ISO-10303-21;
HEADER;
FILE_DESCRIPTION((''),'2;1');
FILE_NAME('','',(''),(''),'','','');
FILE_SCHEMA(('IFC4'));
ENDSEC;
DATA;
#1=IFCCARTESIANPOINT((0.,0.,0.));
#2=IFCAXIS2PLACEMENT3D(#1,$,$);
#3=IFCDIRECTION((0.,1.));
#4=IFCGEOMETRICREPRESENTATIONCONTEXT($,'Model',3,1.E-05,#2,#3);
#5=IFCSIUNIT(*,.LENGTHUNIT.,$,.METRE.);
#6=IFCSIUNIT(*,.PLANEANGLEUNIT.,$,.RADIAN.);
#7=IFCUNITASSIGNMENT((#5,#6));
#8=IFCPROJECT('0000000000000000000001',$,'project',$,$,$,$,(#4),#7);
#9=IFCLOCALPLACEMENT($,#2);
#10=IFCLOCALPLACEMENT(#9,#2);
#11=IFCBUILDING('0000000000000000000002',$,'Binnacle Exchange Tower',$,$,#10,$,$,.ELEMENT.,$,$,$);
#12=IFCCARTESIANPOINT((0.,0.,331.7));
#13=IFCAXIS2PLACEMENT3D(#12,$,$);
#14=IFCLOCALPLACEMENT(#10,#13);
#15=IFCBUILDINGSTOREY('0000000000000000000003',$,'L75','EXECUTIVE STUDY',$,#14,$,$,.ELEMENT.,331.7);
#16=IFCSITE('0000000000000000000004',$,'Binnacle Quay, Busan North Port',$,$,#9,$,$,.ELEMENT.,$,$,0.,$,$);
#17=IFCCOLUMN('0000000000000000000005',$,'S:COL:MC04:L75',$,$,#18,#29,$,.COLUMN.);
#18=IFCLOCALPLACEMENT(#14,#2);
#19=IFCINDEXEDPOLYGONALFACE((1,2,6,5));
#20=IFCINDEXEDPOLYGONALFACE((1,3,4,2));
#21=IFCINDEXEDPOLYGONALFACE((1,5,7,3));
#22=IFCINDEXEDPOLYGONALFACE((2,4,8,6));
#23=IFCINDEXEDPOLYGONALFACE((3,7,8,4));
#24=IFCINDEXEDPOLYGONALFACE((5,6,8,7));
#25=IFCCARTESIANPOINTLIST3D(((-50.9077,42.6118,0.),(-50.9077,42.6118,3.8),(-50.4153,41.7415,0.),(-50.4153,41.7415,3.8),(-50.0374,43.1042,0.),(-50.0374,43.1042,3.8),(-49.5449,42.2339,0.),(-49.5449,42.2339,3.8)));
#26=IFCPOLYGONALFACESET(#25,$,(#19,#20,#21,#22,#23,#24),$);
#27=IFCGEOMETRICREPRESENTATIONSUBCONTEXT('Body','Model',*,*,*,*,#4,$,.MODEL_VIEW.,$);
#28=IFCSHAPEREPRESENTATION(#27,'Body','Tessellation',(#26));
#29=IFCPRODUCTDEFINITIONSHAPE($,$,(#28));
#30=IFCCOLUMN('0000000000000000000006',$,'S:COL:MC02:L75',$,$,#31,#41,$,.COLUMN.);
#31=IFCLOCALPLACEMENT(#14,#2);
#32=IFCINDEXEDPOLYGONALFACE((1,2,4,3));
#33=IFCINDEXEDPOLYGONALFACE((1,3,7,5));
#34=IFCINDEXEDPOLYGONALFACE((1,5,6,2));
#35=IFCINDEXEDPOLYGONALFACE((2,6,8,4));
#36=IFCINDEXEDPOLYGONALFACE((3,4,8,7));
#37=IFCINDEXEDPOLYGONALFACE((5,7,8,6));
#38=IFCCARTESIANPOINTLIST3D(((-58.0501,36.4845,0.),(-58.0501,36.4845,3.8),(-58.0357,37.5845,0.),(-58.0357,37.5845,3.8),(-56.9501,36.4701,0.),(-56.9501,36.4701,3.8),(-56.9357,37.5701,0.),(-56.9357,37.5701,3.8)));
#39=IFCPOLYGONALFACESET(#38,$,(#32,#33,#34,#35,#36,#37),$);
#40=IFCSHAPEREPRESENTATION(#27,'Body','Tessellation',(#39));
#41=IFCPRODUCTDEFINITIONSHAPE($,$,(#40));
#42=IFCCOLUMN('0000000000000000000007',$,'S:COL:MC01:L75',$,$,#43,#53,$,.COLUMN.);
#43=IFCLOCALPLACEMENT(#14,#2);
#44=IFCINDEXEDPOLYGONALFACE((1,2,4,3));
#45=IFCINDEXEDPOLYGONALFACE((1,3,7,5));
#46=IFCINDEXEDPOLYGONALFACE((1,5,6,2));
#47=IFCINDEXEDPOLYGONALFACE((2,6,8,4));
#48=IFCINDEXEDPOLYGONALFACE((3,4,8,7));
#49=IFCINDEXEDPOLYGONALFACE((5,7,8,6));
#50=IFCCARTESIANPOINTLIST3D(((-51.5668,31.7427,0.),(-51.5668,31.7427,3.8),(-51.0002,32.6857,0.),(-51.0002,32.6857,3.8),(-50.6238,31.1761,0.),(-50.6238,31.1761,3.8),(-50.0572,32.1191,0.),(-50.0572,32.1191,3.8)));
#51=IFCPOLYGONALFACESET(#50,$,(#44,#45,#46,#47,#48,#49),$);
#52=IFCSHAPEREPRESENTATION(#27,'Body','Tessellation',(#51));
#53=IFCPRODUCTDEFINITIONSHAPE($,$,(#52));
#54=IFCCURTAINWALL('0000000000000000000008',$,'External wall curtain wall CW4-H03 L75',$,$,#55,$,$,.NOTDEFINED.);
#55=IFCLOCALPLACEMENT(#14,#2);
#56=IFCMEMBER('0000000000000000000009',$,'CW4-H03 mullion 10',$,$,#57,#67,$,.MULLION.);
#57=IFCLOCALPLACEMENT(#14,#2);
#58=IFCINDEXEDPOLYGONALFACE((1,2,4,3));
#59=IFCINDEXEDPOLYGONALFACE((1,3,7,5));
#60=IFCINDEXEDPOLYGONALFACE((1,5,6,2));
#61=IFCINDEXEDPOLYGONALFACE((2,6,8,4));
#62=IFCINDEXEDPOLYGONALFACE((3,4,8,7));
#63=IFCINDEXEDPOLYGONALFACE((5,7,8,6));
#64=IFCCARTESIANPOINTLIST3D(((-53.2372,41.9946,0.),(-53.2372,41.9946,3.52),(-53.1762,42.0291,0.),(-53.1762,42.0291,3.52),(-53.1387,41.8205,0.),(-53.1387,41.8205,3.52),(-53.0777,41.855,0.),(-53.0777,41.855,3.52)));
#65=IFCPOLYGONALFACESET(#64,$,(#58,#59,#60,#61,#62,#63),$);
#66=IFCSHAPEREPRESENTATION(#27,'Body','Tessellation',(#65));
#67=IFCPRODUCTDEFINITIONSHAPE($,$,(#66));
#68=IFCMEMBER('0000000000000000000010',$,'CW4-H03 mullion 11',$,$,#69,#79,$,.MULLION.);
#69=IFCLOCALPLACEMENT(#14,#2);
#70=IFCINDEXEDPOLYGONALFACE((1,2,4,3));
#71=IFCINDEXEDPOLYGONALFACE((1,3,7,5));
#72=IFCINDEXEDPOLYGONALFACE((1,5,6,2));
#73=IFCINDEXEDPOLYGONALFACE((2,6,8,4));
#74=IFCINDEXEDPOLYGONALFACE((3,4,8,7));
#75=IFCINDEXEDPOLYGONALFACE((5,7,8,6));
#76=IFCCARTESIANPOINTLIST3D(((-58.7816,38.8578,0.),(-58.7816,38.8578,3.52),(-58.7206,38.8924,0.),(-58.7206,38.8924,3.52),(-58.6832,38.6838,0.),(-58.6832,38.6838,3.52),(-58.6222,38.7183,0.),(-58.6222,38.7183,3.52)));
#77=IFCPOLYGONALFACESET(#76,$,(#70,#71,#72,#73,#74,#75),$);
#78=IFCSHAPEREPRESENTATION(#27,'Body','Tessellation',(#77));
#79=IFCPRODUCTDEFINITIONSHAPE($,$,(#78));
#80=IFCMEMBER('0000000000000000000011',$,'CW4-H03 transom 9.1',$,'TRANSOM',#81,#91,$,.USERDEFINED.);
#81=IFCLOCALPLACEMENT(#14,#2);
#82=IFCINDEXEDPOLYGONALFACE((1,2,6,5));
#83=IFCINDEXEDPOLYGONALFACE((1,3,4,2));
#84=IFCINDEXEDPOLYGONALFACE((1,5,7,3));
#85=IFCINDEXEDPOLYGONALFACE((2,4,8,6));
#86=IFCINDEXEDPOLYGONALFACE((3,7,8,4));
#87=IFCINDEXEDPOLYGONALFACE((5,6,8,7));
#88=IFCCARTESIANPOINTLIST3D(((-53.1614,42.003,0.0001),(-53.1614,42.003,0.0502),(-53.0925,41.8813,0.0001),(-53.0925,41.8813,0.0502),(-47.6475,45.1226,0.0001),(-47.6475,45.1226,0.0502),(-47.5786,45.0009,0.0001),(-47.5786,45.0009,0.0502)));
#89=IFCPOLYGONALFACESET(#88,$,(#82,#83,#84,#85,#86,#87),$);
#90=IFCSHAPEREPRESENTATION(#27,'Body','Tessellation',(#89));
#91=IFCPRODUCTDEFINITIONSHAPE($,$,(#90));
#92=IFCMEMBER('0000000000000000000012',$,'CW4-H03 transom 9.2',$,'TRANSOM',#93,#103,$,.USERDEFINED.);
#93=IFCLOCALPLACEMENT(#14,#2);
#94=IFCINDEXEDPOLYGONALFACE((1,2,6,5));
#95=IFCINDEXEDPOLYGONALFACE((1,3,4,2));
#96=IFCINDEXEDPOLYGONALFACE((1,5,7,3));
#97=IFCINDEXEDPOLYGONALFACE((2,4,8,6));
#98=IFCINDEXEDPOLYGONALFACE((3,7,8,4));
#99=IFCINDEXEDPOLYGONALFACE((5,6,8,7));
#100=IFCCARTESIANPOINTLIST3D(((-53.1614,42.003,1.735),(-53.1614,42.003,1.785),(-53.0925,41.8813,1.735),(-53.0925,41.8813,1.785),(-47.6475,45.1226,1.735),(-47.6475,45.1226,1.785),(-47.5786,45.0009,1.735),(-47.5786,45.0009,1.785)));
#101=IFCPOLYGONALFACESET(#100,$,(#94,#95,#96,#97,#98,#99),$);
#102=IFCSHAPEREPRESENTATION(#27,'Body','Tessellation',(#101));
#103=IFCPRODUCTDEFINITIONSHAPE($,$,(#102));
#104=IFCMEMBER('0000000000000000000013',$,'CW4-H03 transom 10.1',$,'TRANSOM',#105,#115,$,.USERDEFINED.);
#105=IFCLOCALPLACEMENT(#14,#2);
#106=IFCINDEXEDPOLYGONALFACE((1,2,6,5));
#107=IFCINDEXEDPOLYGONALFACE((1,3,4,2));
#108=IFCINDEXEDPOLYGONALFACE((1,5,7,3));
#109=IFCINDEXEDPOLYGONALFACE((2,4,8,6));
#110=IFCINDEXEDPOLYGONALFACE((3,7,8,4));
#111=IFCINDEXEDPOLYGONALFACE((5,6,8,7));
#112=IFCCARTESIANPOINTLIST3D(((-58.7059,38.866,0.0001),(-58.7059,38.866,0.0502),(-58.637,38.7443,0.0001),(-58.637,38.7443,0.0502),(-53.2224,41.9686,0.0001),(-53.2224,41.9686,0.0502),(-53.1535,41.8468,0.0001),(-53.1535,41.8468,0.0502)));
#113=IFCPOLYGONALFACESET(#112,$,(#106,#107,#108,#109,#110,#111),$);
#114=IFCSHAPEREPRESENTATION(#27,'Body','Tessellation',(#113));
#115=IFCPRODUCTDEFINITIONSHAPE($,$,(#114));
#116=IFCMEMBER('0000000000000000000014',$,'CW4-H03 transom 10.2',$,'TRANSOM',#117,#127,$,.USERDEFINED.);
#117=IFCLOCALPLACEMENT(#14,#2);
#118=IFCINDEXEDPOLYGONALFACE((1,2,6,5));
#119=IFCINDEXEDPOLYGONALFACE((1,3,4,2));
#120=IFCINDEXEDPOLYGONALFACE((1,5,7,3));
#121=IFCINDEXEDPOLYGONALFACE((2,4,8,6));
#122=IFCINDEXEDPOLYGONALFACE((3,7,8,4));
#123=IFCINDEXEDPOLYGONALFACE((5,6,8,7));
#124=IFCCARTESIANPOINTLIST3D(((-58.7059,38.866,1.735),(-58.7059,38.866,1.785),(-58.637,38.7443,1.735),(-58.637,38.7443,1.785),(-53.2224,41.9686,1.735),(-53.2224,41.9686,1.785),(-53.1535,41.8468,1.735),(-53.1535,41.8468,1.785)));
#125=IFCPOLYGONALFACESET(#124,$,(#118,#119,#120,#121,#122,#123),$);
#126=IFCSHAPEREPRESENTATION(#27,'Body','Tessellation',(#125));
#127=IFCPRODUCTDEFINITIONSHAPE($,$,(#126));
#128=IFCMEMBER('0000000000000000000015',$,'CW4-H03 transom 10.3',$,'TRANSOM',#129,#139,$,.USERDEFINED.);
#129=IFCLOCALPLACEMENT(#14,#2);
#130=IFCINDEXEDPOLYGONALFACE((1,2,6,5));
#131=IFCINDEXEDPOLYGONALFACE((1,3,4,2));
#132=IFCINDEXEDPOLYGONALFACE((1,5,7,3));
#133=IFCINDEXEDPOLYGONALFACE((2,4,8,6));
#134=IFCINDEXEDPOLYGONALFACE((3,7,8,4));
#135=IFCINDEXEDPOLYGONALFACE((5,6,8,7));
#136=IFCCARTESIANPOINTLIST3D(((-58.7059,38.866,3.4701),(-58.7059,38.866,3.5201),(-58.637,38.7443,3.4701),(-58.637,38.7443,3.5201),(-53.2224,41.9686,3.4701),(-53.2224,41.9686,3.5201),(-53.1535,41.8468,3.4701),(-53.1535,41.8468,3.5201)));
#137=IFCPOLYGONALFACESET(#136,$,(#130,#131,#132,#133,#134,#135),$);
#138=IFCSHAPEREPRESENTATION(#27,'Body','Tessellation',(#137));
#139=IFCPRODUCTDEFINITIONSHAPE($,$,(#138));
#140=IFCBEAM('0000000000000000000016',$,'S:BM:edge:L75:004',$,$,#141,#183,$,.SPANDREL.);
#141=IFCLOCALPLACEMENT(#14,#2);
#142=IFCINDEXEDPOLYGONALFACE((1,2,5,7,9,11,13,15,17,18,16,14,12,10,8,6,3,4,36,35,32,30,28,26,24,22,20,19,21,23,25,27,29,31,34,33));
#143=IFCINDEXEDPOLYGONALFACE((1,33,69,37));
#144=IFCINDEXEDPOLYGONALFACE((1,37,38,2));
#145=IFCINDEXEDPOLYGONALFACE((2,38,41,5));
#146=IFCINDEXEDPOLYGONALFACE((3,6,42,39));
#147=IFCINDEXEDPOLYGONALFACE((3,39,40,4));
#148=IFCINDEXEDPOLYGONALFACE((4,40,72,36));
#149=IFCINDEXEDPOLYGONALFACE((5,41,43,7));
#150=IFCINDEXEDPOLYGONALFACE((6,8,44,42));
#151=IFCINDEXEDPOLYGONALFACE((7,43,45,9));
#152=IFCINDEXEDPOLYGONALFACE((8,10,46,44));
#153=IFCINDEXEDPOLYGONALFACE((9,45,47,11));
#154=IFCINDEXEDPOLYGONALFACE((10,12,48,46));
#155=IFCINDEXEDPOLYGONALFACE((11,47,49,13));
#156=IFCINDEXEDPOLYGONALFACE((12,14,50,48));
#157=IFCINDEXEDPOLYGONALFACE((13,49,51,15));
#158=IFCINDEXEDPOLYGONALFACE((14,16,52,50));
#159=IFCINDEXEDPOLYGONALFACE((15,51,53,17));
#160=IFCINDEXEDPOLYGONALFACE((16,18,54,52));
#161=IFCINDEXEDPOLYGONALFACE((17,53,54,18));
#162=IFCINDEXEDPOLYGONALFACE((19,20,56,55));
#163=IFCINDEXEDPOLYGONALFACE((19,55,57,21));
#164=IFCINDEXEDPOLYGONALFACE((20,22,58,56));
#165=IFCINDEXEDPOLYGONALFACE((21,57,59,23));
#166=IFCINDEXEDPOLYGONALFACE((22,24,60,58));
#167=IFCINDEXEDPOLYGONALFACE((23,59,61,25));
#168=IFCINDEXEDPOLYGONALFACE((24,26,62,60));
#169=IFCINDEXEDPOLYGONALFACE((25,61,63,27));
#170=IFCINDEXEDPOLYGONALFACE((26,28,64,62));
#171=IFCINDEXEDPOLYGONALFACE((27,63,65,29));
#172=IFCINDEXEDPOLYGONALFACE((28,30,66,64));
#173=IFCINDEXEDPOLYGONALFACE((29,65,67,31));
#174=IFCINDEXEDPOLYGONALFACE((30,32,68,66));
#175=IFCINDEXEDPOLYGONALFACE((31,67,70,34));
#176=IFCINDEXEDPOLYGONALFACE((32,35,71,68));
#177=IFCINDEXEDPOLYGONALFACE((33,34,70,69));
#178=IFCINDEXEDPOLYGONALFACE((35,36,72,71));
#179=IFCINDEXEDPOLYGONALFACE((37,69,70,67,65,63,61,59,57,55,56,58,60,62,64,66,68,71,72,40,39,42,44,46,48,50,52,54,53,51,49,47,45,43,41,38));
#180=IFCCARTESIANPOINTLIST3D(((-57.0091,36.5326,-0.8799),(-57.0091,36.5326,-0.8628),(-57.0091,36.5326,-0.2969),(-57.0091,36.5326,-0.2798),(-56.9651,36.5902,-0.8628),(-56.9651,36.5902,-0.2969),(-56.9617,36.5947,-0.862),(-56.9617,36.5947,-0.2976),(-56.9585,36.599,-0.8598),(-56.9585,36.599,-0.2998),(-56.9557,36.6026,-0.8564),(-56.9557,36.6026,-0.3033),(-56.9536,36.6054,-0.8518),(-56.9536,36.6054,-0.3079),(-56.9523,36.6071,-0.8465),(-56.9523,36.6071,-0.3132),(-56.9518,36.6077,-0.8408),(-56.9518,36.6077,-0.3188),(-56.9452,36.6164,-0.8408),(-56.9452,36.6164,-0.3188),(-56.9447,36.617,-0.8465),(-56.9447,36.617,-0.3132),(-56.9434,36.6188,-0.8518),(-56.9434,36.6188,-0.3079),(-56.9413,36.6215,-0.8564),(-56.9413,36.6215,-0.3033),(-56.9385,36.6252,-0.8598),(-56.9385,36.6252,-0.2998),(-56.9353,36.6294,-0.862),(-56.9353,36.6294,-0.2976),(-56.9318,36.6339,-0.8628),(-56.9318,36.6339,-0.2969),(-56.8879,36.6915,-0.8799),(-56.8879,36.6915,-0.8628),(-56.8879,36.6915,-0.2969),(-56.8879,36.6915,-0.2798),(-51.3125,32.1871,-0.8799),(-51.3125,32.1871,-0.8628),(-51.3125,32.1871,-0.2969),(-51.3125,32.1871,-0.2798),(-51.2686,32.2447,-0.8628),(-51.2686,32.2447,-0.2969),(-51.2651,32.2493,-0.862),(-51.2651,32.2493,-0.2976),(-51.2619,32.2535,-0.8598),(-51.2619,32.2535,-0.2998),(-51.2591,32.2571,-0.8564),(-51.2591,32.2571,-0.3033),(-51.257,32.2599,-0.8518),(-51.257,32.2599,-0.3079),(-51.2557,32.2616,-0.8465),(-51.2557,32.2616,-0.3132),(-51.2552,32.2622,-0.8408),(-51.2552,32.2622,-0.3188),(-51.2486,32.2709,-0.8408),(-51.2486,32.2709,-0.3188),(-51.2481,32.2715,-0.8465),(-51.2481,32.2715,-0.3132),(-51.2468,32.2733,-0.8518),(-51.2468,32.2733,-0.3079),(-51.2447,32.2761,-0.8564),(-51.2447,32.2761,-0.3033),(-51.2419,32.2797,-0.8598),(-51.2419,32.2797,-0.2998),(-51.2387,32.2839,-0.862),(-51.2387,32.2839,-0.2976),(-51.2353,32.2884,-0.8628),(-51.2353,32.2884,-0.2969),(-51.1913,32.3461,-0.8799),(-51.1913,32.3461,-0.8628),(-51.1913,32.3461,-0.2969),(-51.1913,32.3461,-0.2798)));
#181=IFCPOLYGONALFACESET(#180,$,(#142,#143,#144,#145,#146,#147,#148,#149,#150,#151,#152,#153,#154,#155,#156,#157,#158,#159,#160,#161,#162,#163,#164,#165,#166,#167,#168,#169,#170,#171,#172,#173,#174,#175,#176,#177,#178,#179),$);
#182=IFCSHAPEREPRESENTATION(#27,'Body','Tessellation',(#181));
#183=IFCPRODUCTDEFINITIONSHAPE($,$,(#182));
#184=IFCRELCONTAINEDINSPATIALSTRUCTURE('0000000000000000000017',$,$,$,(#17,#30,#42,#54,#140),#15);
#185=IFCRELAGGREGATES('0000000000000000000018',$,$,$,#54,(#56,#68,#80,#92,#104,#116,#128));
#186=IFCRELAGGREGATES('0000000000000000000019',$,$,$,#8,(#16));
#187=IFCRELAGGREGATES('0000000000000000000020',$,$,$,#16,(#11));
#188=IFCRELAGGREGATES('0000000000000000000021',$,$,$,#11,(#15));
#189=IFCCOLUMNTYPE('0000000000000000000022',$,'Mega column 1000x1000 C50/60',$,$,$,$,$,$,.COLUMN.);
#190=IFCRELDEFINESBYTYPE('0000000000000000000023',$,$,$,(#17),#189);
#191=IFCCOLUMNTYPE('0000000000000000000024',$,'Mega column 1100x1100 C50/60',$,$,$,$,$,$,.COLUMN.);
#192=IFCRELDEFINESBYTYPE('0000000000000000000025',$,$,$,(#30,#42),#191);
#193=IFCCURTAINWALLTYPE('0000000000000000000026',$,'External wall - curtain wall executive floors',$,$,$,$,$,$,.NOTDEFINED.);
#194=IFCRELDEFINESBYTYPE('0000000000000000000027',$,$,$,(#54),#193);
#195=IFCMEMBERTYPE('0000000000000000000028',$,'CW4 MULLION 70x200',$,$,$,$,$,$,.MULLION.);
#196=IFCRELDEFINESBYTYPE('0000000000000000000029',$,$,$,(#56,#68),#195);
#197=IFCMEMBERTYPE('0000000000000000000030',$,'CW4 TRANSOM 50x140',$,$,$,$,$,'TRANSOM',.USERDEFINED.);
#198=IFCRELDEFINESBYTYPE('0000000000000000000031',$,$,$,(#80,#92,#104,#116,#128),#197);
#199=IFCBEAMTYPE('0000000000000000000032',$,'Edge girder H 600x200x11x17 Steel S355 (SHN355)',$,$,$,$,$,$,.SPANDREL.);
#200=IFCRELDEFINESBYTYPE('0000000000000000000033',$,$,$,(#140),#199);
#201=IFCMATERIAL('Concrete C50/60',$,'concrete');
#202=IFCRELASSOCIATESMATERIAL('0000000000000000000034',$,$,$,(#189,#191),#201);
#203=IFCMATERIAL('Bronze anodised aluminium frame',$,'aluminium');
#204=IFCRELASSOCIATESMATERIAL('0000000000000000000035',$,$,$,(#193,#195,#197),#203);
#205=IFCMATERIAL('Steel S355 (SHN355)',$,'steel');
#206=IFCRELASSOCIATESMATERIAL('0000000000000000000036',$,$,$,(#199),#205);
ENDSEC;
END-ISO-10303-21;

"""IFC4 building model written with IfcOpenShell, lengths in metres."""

from ifc_helpers import new_model, si_unit, direction, frame, origin, origin_2d, place, context, subcontext, project, spatial, rectangle, i_section, extrude, material, material_profile, profile_set, type_object, element, aggregate, save


model = new_model("IFC4")

# Units and contexts
model_context = context("Model", 3, precision=1e-05, world=origin(), true_north=direction((0.0, 1.0)))
body_context = subcontext(model_context, "Body", "Model", "MODEL_VIEW")
ifc_project = project(units=[si_unit("LENGTHUNIT", "METRE"), si_unit("PLANEANGLEUNIT", "RADIAN")], contexts=[model_context])

# Site, building, storey
site_placement = place(None, origin())
site = spatial("IfcSite", under=ifc_project, at=site_placement, Name="Binnacle Quay, Busan North Port", CompositionType="ELEMENT", RefElevation=0.0)
building_placement = place(site_placement, origin())
building = spatial("IfcBuilding", under=site, at=building_placement, Name="Binnacle Exchange Tower", CompositionType="ELEMENT")
storey_placement = place(building_placement, frame((0.0, 0.0, 331.7)))
storey = spatial("IfcBuildingStorey", under=building, at=storey_placement, Name="L75", Description="EXECUTIVE STUDY", CompositionType="ELEMENT", Elevation=331.7)

# Columns
ifc_material_1 = material(Name="Concrete C50/60", Category="concrete")
ifc_material_profile_1 = material_profile(ifc_material_1, rectangle(XDim=1.0, YDim=1.0, at=origin_2d()), Name="Mega column 1000x1000 C50/60")
ifc_profile_set_1 = profile_set([ifc_material_profile_1], Name="Concrete C50/60")
column_type_1 = type_object("IfcColumnType", Name="Mega column 1000x1000 C50/60", PredefinedType="COLUMN", material=ifc_profile_set_1)
column_placement = place(storey_placement, frame((-50.2263, 42.4229, 0.0), z_axis=(0.0, 0.0, 1.0), x_axis=(-0.870356, -0.492424, 0.0)))
element("IfcColumn", 1, at=column_placement, inside=storey, type_object=column_type_1, Name="S:COL:MC04:L75", PredefinedType="COLUMN", context=body_context, shape_type="SweptSolid", body=[
    extrude(rectangle(XDim=1.0, YDim=1.0, at=origin_2d()), origin(), (0.0, 0.0, 1.0), 3.8),
])
ifc_material_profile_2 = material_profile(ifc_material_1, rectangle(XDim=1.1001, YDim=1.1001, at=origin_2d()), Name="Mega column 1100x1100 C50/60")
ifc_profile_set_2 = profile_set([ifc_material_profile_2], Name="Concrete C50/60")
column_type_2 = type_object("IfcColumnType", Name="Mega column 1100x1100 C50/60", PredefinedType="COLUMN", material=ifc_profile_set_2)
for number, where, z_axis, x_axis, name in (
    (2, (-57.4929, 37.0273, 0.0), (0.0, 0.0, 1.0), (-0.01309, -0.999914, 0.0), "S:COL:MC02:L75"),
    (3, (-50.812, 31.9309, 0.0), (0.0, 0.0, 1.0), (0.857167, -0.515038, 0.0), "S:COL:MC01:L75"),
):
    element("IfcColumn", number, at=place(storey_placement, frame(where, z_axis=z_axis, x_axis=x_axis)), inside=storey, type_object=column_type_2, Name=name, PredefinedType="COLUMN", context=body_context, shape_type="SweptSolid", body=[
        extrude(rectangle(XDim=1.1001, YDim=1.1001, at=origin_2d()), origin(), (0.0, 0.0, 1.0), 3.8),
    ])

# Curtain wall, members
ifc_material_2 = material(Name="Bronze anodised aluminium frame", Category="aluminium")
curtain_wall_type = type_object("IfcCurtainWallType", Name="External wall - curtain wall executive floors", PredefinedType="NOTDEFINED", material=ifc_material_2)
curtain_wall_placement = place(storey_placement, origin())
curtain_wall = element("IfcCurtainWall", 4, at=curtain_wall_placement, inside=storey, type_object=curtain_wall_type, Name="External wall curtain wall CW4-H03 L75", PredefinedType="NOTDEFINED")
ifc_material_profile_3 = material_profile(ifc_material_2, rectangle(XDim=0.2, YDim=0.0701, at=origin_2d()), Name="AL 70x200")
ifc_profile_set_3 = profile_set([ifc_material_profile_3], Name="Bronze anodised aluminium frame")
member_type_1 = type_object("IfcMemberType", Name="CW4 MULLION 70x200", PredefinedType="MULLION", material=ifc_profile_set_3)
member_1_placement = place(storey_placement, frame((-53.1575, 41.9248, 0.0), z_axis=(0.0, 0.0, 1.0), x_axis=(0.492424, -0.870356, 0.0)))
member_1 = element("IfcMember", 5, at=member_1_placement, type_object=member_type_1, Name="CW4-H03 mullion 10", PredefinedType="MULLION", context=body_context, shape_type="SweptSolid", body=[
    extrude(rectangle(XDim=0.2, YDim=0.0701, at=origin_2d()), origin(), (0.0, 0.0, 1.0), 3.52),
])
member_2_placement = place(storey_placement, frame((-58.7019, 38.7881, 0.0), z_axis=(0.0, 0.0, 1.0), x_axis=(0.492424, -0.870356, 0.0)))
member_2 = element("IfcMember", 6, at=member_2_placement, type_object=member_type_1, Name="CW4-H03 mullion 11", PredefinedType="MULLION", context=body_context, shape_type="SweptSolid", body=[
    extrude(rectangle(XDim=0.2, YDim=0.0701, at=origin_2d()), origin(), (0.0, 0.0, 1.0), 3.52),
])
ifc_material_profile_4 = material_profile(ifc_material_2, rectangle(XDim=0.1399, YDim=0.05, at=origin_2d()), Name="AL 140x50")
ifc_profile_set_4 = profile_set([ifc_material_profile_4], Name="Bronze anodised aluminium frame")
member_type_2 = type_object("IfcMemberType", Name="CW4 TRANSOM 50x140", ElementType="TRANSOM", PredefinedType="USERDEFINED", material=ifc_profile_set_4)
member_3_placement = place(storey_placement, frame((-47.613, 45.0618, 0.0251), z_axis=(-0.870355, -0.492424, 0.0), x_axis=(0.492424, -0.870355, 0.0)))
member_3 = element("IfcMember", 7, at=member_3_placement, type_object=member_type_2, Name="CW4-H03 transom 9.1", ObjectType="TRANSOM", PredefinedType="USERDEFINED", context=body_context, shape_type="SweptSolid", body=[
    extrude(rectangle(XDim=0.1399, YDim=0.05, at=origin_2d()), origin(), (0.0, 0.0, 1.0), 6.3352),
])
member_4_placement = place(storey_placement, frame((-47.613, 45.0618, 1.76), z_axis=(-0.870355, -0.492424, 0.0), x_axis=(0.492424, -0.870355, 0.0)))
member_4 = element("IfcMember", 8, at=member_4_placement, type_object=member_type_2, Name="CW4-H03 transom 9.2", ObjectType="TRANSOM", PredefinedType="USERDEFINED", context=body_context, shape_type="SweptSolid", body=[
    extrude(rectangle(XDim=0.1399, YDim=0.05, at=origin_2d()), origin(), (0.0, 0.0, 1.0), 6.3352),
])
member_5_placement = place(storey_placement, frame((-53.188, 41.9077, 0.0251), z_axis=(-0.870343, -0.492445, 0.0), x_axis=(0.492445, -0.870343, 0.0)))
member_5 = element("IfcMember", 9, at=member_5_placement, type_object=member_type_2, Name="CW4-H03 transom 10.1", ObjectType="TRANSOM", PredefinedType="USERDEFINED", context=body_context, shape_type="SweptSolid", body=[
    extrude(rectangle(XDim=0.1399, YDim=0.05, at=origin_2d()), origin(), (0.0, 0.0, 1.0), 6.3003),
])
member_6_placement = place(storey_placement, frame((-53.188, 41.9077, 1.76), z_axis=(-0.870343, -0.492445, 0.0), x_axis=(0.492445, -0.870343, 0.0)))
member_6 = element("IfcMember", 10, at=member_6_placement, type_object=member_type_2, Name="CW4-H03 transom 10.2", ObjectType="TRANSOM", PredefinedType="USERDEFINED", context=body_context, shape_type="SweptSolid", body=[
    extrude(rectangle(XDim=0.1399, YDim=0.05, at=origin_2d()), origin(), (0.0, 0.0, 1.0), 6.3003),
])
member_7_placement = place(storey_placement, frame((-53.188, 41.9077, 3.4951), z_axis=(-0.870343, -0.492445, 0.0), x_axis=(0.492445, -0.870343, 0.0)))
member_7 = element("IfcMember", 11, at=member_7_placement, type_object=member_type_2, Name="CW4-H03 transom 10.3", ObjectType="TRANSOM", PredefinedType="USERDEFINED", context=body_context, shape_type="SweptSolid", body=[
    extrude(rectangle(XDim=0.1399, YDim=0.05, at=origin_2d()), origin(), (0.0, 0.0, 1.0), 6.3003),
])

# Beam
ifc_material_3 = material(Name="Steel S355 (SHN355)", Category="steel")
ifc_material_profile_5 = material_profile(ifc_material_3, i_section(OverallWidth=0.2, OverallDepth=0.6001, WebThickness=0.011, FlangeThickness=0.0171, FilletRadius=0.022, at=origin_2d()), Name="H 600x200x11x17")
ifc_profile_set_5 = profile_set([ifc_material_profile_5], Name="Steel S355 (SHN355)")
beam_type_1 = type_object("IfcBeamType", Name="Edge girder H 600x200x11x17 Steel S355 (SHN355)", PredefinedType="SPANDREL", material=ifc_profile_set_5)
beam_1_placement = place(storey_placement, frame((-56.9485, 36.6121, -0.5798), z_axis=(0.795079, -0.606506, 0.0), x_axis=(0.606506, 0.795079, 0.0)))
element("IfcBeam", 12, at=beam_1_placement, inside=storey, type_object=beam_type_1, Name="S:BM:edge:L75:004", PredefinedType="SPANDREL", context=body_context, shape_type="SweptSolid", body=[
    extrude(i_section(OverallWidth=0.2, OverallDepth=0.6001, WebThickness=0.011, FlangeThickness=0.0171, FilletRadius=0.022, at=origin_2d()), origin(), (0.0, 0.0, 1.0), 7.1648),
])

aggregate(curtain_wall, [member_1, member_2, member_3, member_4, member_5, member_6, member_7])

save(model, "model.ifc")
